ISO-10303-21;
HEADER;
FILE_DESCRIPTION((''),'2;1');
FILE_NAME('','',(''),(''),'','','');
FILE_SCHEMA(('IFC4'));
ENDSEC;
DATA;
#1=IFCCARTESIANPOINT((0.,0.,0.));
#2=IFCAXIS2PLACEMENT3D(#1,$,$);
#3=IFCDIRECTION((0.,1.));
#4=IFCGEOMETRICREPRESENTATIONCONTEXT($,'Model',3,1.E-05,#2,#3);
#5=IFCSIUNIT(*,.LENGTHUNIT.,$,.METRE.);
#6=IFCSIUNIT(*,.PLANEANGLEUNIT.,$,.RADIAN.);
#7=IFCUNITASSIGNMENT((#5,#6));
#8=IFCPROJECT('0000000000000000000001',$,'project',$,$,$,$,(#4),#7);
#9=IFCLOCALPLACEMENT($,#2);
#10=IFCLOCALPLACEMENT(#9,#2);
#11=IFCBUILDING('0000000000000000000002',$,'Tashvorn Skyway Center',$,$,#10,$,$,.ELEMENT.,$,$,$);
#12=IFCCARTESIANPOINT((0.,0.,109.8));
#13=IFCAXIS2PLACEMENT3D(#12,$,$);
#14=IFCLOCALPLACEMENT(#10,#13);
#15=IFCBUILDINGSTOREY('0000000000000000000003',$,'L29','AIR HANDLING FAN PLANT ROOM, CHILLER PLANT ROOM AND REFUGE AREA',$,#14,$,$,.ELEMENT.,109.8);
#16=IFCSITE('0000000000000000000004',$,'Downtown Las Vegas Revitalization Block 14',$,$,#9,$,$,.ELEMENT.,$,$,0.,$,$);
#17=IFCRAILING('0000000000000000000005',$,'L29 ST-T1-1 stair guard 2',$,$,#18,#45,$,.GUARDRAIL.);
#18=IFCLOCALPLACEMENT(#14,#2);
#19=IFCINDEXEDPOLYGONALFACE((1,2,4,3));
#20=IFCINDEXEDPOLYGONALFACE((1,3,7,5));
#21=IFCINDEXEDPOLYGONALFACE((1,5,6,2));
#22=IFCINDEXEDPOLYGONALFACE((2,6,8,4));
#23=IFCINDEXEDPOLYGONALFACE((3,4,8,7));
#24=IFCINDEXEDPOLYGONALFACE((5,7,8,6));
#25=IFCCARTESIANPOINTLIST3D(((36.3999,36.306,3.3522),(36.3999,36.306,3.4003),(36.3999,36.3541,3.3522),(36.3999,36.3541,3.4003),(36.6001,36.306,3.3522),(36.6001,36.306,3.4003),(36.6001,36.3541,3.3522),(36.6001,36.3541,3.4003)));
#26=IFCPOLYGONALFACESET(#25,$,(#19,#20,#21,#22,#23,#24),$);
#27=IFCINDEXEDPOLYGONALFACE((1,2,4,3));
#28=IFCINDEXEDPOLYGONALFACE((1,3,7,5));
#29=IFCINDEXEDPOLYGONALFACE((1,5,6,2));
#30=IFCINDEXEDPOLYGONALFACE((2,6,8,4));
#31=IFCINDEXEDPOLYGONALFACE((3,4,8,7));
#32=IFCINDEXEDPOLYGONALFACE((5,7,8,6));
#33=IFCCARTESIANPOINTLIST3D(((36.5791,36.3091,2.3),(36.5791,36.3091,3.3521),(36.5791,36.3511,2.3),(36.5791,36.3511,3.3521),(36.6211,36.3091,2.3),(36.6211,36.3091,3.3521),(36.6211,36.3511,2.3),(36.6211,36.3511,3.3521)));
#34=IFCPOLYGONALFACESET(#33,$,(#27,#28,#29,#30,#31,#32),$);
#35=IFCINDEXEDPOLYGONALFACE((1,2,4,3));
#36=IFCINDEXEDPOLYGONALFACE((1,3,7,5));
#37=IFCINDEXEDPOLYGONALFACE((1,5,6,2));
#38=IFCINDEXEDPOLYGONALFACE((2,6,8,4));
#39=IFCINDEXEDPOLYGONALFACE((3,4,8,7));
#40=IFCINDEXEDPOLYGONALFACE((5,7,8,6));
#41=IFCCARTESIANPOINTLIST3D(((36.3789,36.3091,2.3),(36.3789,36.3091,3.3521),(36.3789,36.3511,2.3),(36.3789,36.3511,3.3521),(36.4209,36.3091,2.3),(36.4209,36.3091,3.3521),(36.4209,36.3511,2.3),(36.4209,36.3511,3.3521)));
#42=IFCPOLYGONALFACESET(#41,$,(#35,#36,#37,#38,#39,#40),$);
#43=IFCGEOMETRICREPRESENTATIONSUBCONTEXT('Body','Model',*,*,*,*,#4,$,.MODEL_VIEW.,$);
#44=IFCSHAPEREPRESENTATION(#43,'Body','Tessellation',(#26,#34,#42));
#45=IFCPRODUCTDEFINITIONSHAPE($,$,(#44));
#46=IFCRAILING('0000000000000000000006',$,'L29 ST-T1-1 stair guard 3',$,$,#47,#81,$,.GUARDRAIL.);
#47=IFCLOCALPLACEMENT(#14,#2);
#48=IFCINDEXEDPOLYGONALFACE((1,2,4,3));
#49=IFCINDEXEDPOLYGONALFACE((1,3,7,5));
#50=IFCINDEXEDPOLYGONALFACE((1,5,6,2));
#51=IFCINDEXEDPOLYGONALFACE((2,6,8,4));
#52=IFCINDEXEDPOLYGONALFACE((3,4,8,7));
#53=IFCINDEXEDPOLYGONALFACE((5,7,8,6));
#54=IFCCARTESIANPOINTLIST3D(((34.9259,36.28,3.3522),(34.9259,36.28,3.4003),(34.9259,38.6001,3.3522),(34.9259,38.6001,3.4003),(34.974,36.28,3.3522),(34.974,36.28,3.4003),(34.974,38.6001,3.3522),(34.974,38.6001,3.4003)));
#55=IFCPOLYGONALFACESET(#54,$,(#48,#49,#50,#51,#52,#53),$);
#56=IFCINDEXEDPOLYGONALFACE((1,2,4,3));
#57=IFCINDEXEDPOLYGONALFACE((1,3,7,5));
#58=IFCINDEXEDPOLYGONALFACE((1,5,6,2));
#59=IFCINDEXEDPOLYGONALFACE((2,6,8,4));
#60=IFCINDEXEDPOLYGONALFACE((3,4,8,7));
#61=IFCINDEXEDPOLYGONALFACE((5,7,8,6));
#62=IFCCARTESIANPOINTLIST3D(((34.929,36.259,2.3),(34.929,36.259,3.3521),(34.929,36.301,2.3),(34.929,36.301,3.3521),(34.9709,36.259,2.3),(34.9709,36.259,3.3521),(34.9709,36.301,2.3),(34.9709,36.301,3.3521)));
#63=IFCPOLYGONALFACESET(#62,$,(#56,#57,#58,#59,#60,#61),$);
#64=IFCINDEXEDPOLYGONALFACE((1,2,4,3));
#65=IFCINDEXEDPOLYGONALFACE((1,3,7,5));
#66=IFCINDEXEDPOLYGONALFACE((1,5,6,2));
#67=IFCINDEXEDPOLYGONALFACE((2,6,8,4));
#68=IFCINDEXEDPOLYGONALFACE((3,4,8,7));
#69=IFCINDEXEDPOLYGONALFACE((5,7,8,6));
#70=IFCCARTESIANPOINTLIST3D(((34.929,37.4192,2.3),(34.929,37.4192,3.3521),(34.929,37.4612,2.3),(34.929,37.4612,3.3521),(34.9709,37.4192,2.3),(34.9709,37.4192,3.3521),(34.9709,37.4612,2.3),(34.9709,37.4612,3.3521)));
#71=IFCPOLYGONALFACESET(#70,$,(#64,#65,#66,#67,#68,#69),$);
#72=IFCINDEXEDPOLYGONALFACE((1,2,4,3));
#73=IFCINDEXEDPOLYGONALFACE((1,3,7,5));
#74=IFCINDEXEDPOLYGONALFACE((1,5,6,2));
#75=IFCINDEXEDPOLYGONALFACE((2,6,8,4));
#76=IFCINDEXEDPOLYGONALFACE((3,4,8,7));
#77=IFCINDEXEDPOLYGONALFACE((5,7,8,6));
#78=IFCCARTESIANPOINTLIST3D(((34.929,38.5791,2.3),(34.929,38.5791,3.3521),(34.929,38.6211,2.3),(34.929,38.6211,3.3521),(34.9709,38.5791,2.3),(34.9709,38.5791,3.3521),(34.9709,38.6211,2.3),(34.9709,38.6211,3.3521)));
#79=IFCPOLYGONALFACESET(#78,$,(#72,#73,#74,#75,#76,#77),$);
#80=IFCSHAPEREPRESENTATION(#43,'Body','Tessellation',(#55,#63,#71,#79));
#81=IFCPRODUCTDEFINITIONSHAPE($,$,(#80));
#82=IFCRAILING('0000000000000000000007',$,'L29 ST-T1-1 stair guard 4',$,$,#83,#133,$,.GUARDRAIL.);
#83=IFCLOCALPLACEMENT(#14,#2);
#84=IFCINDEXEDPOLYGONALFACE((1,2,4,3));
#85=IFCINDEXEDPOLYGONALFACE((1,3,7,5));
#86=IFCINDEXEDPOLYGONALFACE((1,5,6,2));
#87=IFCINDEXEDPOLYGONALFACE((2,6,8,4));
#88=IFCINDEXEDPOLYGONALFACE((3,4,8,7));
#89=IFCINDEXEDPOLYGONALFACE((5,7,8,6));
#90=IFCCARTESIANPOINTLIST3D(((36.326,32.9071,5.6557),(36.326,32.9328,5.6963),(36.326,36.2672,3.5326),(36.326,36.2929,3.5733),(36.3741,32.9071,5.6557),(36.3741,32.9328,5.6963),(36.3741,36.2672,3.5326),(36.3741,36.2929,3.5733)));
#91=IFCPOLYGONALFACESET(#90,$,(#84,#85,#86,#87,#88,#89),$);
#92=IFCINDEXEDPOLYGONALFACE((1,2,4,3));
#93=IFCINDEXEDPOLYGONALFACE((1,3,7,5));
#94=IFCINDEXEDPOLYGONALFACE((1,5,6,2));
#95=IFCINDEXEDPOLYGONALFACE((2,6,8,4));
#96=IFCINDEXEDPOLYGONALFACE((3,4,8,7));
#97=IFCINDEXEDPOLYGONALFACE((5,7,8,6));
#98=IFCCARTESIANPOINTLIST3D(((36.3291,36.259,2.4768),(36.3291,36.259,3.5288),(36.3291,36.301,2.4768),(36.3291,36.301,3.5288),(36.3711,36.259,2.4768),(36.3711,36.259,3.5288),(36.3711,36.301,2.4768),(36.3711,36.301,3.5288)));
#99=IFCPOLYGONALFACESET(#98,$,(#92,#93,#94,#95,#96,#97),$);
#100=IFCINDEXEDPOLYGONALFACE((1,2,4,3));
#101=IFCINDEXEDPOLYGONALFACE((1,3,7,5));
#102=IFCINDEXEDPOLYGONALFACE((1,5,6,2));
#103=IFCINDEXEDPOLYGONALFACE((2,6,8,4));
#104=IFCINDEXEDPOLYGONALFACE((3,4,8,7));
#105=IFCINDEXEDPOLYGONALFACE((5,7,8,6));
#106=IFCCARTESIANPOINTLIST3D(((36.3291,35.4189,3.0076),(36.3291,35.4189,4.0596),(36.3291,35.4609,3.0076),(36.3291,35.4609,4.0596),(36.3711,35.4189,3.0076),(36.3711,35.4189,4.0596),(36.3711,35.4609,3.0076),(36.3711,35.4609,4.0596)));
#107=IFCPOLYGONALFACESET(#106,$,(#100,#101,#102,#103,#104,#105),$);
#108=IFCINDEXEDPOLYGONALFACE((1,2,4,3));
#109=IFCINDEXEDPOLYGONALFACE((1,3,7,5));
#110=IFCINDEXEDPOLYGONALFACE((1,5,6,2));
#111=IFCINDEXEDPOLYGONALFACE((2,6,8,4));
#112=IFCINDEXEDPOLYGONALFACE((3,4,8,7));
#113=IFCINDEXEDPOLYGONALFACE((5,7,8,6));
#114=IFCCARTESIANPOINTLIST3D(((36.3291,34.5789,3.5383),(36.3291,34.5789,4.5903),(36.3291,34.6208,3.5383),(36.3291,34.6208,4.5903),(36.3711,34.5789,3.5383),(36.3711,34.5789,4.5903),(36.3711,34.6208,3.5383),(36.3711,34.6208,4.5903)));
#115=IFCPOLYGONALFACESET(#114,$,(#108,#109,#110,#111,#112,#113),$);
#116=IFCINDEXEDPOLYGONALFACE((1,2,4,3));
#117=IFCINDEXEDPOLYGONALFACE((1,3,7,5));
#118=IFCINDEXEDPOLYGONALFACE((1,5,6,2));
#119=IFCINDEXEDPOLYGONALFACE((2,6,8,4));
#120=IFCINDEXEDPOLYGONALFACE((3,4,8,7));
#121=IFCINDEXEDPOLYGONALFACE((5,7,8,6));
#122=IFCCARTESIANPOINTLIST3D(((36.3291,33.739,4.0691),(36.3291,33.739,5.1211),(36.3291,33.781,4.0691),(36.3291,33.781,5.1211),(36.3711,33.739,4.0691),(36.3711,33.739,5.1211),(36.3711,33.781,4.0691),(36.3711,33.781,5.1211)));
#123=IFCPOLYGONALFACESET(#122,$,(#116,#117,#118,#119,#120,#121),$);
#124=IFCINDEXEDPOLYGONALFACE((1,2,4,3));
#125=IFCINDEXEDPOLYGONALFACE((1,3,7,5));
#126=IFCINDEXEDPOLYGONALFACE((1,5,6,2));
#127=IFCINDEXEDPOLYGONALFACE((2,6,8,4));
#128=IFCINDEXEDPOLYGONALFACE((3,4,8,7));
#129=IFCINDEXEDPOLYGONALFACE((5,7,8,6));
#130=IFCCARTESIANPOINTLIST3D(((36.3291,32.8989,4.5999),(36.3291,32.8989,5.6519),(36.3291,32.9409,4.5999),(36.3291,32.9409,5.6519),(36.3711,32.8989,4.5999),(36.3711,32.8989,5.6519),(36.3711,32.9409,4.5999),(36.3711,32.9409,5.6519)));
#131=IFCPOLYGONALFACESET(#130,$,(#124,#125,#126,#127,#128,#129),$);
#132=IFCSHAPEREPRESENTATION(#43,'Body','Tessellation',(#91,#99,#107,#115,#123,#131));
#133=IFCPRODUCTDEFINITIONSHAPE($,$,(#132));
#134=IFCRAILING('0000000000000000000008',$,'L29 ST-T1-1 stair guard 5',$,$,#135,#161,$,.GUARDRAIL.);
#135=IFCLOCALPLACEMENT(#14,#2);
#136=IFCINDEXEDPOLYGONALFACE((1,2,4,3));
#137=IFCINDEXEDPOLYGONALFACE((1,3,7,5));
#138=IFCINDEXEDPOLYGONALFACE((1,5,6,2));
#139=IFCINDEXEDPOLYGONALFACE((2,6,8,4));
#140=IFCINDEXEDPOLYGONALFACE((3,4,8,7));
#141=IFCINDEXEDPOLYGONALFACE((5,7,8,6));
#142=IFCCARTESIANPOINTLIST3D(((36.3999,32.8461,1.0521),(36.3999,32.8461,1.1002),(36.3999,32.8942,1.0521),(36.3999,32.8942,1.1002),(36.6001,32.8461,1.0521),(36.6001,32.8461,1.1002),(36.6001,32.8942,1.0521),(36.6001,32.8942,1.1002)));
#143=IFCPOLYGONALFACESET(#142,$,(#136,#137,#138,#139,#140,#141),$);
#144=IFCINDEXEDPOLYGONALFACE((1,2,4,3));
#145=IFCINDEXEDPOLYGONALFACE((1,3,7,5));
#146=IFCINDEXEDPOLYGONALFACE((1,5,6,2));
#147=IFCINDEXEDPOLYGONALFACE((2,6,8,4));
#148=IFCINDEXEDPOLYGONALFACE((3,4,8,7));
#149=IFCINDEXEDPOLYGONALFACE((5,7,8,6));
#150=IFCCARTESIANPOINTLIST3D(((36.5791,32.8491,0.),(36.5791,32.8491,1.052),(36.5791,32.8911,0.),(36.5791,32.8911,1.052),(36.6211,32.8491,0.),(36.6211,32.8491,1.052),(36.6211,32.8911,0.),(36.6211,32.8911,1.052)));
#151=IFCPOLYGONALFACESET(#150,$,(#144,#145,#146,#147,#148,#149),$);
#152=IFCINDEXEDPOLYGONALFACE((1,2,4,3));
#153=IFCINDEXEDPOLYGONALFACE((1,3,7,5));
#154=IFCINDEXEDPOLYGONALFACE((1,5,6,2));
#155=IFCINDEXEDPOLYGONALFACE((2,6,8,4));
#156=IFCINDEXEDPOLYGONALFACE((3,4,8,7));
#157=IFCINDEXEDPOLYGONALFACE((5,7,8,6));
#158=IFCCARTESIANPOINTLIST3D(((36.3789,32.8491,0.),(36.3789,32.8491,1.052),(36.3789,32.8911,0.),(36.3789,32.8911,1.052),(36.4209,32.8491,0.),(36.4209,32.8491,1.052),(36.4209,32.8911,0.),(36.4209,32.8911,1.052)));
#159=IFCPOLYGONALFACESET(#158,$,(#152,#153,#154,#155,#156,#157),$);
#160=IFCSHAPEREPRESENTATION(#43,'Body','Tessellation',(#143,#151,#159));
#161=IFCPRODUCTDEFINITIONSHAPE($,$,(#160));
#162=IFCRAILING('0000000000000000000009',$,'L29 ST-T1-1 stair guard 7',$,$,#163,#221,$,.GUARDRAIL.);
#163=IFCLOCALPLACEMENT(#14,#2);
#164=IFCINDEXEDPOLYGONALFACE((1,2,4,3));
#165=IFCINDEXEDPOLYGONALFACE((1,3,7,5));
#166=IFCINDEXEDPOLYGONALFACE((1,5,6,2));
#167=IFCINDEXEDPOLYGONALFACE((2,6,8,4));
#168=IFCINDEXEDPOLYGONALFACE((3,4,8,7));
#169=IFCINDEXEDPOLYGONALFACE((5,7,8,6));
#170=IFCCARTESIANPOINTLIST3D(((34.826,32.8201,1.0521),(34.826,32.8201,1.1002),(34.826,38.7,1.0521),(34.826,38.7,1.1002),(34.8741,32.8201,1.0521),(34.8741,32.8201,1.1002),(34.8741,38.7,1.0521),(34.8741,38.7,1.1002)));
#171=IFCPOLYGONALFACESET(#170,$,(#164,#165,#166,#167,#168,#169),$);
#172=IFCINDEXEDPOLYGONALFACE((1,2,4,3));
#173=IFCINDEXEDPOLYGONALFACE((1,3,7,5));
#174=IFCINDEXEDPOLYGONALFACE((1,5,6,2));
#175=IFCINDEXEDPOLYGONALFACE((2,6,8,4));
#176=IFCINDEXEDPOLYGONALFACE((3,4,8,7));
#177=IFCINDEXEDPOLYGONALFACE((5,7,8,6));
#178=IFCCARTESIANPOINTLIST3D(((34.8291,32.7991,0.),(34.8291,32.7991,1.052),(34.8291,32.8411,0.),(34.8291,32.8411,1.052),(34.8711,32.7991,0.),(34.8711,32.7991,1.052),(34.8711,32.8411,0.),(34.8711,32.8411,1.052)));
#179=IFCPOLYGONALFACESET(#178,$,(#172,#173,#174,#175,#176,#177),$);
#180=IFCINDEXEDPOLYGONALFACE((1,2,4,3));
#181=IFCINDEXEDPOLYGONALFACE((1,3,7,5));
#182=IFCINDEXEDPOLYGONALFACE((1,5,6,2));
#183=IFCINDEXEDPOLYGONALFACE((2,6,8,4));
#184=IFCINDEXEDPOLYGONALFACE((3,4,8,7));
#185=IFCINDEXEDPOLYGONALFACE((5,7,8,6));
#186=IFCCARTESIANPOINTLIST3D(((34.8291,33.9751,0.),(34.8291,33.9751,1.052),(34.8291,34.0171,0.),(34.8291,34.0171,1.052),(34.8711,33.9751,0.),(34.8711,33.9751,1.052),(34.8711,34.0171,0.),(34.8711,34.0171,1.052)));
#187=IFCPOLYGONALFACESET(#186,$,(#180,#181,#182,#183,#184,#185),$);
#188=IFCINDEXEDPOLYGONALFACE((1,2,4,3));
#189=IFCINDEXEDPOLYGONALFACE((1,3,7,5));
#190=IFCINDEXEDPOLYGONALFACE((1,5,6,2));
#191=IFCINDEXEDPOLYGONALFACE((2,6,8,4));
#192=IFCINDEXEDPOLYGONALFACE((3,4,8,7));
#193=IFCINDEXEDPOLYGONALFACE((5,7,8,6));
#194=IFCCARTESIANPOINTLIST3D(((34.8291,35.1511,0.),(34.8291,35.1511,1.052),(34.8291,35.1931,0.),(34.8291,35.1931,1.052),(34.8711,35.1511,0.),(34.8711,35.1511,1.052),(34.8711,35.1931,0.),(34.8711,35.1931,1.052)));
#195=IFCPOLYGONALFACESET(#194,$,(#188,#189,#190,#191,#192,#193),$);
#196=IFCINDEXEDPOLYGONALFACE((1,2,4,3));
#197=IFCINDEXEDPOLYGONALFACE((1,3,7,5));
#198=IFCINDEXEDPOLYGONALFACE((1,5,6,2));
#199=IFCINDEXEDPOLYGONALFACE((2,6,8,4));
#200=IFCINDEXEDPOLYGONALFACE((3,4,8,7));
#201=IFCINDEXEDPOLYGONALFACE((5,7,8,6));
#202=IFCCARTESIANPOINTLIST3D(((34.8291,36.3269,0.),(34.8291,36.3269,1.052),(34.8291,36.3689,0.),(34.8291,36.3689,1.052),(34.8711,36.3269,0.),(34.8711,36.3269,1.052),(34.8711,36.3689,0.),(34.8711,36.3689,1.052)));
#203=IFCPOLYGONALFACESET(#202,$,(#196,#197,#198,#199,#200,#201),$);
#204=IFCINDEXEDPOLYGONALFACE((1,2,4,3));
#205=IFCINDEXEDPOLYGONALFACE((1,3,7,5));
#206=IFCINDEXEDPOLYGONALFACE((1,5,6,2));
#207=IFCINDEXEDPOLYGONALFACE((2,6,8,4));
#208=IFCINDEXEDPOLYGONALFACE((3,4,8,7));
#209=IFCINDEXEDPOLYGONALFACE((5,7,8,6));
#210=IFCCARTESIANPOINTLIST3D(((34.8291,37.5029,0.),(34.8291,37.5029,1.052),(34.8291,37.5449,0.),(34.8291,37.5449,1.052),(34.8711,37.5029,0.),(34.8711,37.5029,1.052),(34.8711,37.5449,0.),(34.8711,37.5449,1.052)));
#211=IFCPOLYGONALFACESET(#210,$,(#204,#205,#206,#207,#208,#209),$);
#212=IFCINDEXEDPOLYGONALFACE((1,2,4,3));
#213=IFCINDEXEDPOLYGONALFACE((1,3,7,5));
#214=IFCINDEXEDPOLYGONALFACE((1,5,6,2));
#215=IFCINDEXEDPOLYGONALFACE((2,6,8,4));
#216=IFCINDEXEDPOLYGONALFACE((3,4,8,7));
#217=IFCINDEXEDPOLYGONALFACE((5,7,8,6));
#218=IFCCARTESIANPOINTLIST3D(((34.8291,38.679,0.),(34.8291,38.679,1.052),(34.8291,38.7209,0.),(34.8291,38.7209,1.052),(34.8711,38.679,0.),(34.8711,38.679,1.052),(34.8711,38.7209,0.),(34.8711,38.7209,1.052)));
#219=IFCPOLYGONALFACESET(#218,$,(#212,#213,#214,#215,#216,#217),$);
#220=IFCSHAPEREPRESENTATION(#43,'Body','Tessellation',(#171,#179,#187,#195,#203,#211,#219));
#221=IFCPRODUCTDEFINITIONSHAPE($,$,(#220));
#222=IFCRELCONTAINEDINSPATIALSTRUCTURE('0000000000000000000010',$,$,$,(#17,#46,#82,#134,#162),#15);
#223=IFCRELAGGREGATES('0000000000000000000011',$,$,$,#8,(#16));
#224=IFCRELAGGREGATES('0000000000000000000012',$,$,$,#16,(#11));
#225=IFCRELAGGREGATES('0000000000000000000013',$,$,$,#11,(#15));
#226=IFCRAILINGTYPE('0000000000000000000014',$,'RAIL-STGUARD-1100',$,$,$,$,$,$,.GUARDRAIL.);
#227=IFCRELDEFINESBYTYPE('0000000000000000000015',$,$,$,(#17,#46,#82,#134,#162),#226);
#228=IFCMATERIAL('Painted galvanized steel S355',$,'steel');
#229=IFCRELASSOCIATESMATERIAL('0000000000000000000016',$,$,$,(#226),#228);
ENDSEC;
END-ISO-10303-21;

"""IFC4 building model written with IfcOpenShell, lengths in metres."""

from ifc_helpers import new_model, si_unit, direction, frame, origin, origin_2d, place, context, subcontext, project, spatial, rectangle, extrude, material, type_object, element, save


model = new_model("IFC4")

# Units and contexts
model_context = context("Model", 3, precision=1e-05, world=origin(), true_north=direction((0.0, 1.0)))
body_context = subcontext(model_context, "Body", "Model", "MODEL_VIEW")
ifc_project = project(units=[si_unit("LENGTHUNIT", "METRE"), si_unit("PLANEANGLEUNIT", "RADIAN")], contexts=[model_context])

# Site, building, storey
site_placement = place(None, origin())
site = spatial("IfcSite", under=ifc_project, at=site_placement, Name="Downtown Las Vegas Revitalization Block 14", CompositionType="ELEMENT", RefElevation=0.0)
building_placement = place(site_placement, origin())
building = spatial("IfcBuilding", under=site, at=building_placement, Name="Tashvorn Skyway Center", CompositionType="ELEMENT")
storey_placement = place(building_placement, frame((0.0, 0.0, 109.8)))
storey = spatial("IfcBuildingStorey", under=building, at=storey_placement, Name="L29", Description="AIR HANDLING FAN PLANT ROOM, CHILLER PLANT ROOM AND REFUGE AREA", CompositionType="ELEMENT", Elevation=109.8)

# Railings
ifc_material_1 = material(Name="Painted galvanized steel S355", Category="steel")
railing_type_1 = type_object("IfcRailingType", Name="RAIL-STGUARD-1100", PredefinedType="GUARDRAIL", material=ifc_material_1)
railing_1_placement = place(storey_placement, frame((36.6001, 36.3301, 2.3)))
element("IfcRailing", 1, at=railing_1_placement, inside=storey, type_object=railing_type_1, Name="L29 ST-T1-1 stair guard 2", PredefinedType="GUARDRAIL", context=body_context, shape_type="SweptSolid", body=[
    extrude(rectangle(XDim=0.0481, YDim=0.0481, at=origin_2d()), frame((0.0, 0.0, 1.0762), z_axis=(-1.0, 0.0, 0.0), x_axis=(0.0, -1.0, 0.0)), (0.0, 0.0, 1.0), 0.2002),
    extrude(rectangle(XDim=0.042, YDim=0.042, at=origin_2d()), origin(), (0.0, 0.0, 1.0), 1.052),
    extrude(rectangle(XDim=0.042, YDim=0.042, at=origin_2d()), frame((-0.2002, 0.0, 0.0)), (0.0, 0.0, 1.0), 1.052),
])
railing_2_placement = place(storey_placement, frame((34.95, 36.28, 2.3)))
element("IfcRailing", 2, at=railing_2_placement, inside=storey, type_object=railing_type_1, Name="L29 ST-T1-1 stair guard 3", PredefinedType="GUARDRAIL", context=body_context, shape_type="SweptSolid", body=[
    extrude(rectangle(XDim=0.0481, YDim=0.0481, at=origin_2d()), frame((0.0, 0.0, 1.0762), z_axis=(0.0, 1.0, 0.0), x_axis=(-1.0, 0.0, 0.0)), (0.0, 0.0, 1.0), 2.3201),
    extrude(rectangle(XDim=0.042, YDim=0.042, at=origin_2d()), origin(), (0.0, 0.0, 1.0), 1.052),
    extrude(rectangle(XDim=0.042, YDim=0.042, at=origin_2d()), frame((0.0, 1.1602, 0.0)), (0.0, 0.0, 1.0), 1.052),
    extrude(rectangle(XDim=0.042, YDim=0.042, at=origin_2d()), frame((0.0, 2.3201, 0.0)), (0.0, 0.0, 1.0), 1.052),
])
railing_3_placement = place(storey_placement, frame((36.3501, 36.28, 2.4768)))
element("IfcRailing", 3, at=railing_3_placement, inside=storey, type_object=railing_type_1, Name="L29 ST-T1-1 stair guard 4", PredefinedType="GUARDRAIL", context=body_context, shape_type="SweptSolid", body=[
    extrude(rectangle(XDim=0.0481, YDim=0.0481, at=origin_2d()), frame((0.0, 0.0, 1.0762), z_axis=(0.0, -0.84539, 0.53415), x_axis=(1.0, 0.0, 0.0)), (0.0, 0.0, 1.0), 3.9746),
    extrude(rectangle(XDim=0.042, YDim=0.042, at=origin_2d()), origin(), (0.0, 0.0, 1.0), 1.052),
    extrude(rectangle(XDim=0.042, YDim=0.042, at=origin_2d()), frame((0.0, -0.8401, 0.5308)), (0.0, 0.0, 1.0), 1.052),
    extrude(rectangle(XDim=0.042, YDim=0.042, at=origin_2d()), frame((0.0, -1.6802, 1.0615)), (0.0, 0.0, 1.0), 1.052),
    extrude(rectangle(XDim=0.042, YDim=0.042, at=origin_2d()), frame((0.0, -2.52, 1.5923)), (0.0, 0.0, 1.0), 1.052),
    extrude(rectangle(XDim=0.042, YDim=0.042, at=origin_2d()), frame((0.0, -3.3601, 2.123)), (0.0, 0.0, 1.0), 1.052),
])
railing_4_placement = place(storey_placement, frame((36.6001, 32.8701, 0.0)))
element("IfcRailing", 4, at=railing_4_placement, inside=storey, type_object=railing_type_1, Name="L29 ST-T1-1 stair guard 5", PredefinedType="GUARDRAIL", context=body_context, shape_type="SweptSolid", body=[
    extrude(rectangle(XDim=0.0481, YDim=0.0481, at=origin_2d()), frame((0.0, 0.0, 1.0762), z_axis=(-1.0, 0.0, 0.0), x_axis=(0.0, -1.0, 0.0)), (0.0, 0.0, 1.0), 0.2002),
    extrude(rectangle(XDim=0.042, YDim=0.042, at=origin_2d()), origin(), (0.0, 0.0, 1.0), 1.052),
    extrude(rectangle(XDim=0.042, YDim=0.042, at=origin_2d()), frame((-0.2002, 0.0, 0.0)), (0.0, 0.0, 1.0), 1.052),
])
railing_5_placement = place(storey_placement, frame((34.8501, 32.8201, 0.0)))
element("IfcRailing", 5, at=railing_5_placement, inside=storey, type_object=railing_type_1, Name="L29 ST-T1-1 stair guard 7", PredefinedType="GUARDRAIL", context=body_context, shape_type="SweptSolid", body=[
    extrude(rectangle(XDim=0.0481, YDim=0.0481, at=origin_2d()), frame((0.0, 0.0, 1.0762), z_axis=(0.0, 1.0, 0.0), x_axis=(-1.0, 0.0, 0.0)), (0.0, 0.0, 1.0), 5.8799),
    extrude(rectangle(XDim=0.042, YDim=0.042, at=origin_2d()), origin(), (0.0, 0.0, 1.0), 1.052),
    extrude(rectangle(XDim=0.042, YDim=0.042, at=origin_2d()), frame((0.0, 1.176, 0.0)), (0.0, 0.0, 1.0), 1.052),
    extrude(rectangle(XDim=0.042, YDim=0.042, at=origin_2d()), frame((0.0, 2.3521, 0.0)), (0.0, 0.0, 1.0), 1.052),
    extrude(rectangle(XDim=0.042, YDim=0.042, at=origin_2d()), frame((0.0, 3.5278, 0.0)), (0.0, 0.0, 1.0), 1.052),
    extrude(rectangle(XDim=0.042, YDim=0.042, at=origin_2d()), frame((0.0, 4.7039, 0.0)), (0.0, 0.0, 1.0), 1.052),
    extrude(rectangle(XDim=0.042, YDim=0.042, at=origin_2d()), frame((0.0, 5.8799, 0.0)), (0.0, 0.0, 1.0), 1.052),
])

save(model, "model.ifc")
